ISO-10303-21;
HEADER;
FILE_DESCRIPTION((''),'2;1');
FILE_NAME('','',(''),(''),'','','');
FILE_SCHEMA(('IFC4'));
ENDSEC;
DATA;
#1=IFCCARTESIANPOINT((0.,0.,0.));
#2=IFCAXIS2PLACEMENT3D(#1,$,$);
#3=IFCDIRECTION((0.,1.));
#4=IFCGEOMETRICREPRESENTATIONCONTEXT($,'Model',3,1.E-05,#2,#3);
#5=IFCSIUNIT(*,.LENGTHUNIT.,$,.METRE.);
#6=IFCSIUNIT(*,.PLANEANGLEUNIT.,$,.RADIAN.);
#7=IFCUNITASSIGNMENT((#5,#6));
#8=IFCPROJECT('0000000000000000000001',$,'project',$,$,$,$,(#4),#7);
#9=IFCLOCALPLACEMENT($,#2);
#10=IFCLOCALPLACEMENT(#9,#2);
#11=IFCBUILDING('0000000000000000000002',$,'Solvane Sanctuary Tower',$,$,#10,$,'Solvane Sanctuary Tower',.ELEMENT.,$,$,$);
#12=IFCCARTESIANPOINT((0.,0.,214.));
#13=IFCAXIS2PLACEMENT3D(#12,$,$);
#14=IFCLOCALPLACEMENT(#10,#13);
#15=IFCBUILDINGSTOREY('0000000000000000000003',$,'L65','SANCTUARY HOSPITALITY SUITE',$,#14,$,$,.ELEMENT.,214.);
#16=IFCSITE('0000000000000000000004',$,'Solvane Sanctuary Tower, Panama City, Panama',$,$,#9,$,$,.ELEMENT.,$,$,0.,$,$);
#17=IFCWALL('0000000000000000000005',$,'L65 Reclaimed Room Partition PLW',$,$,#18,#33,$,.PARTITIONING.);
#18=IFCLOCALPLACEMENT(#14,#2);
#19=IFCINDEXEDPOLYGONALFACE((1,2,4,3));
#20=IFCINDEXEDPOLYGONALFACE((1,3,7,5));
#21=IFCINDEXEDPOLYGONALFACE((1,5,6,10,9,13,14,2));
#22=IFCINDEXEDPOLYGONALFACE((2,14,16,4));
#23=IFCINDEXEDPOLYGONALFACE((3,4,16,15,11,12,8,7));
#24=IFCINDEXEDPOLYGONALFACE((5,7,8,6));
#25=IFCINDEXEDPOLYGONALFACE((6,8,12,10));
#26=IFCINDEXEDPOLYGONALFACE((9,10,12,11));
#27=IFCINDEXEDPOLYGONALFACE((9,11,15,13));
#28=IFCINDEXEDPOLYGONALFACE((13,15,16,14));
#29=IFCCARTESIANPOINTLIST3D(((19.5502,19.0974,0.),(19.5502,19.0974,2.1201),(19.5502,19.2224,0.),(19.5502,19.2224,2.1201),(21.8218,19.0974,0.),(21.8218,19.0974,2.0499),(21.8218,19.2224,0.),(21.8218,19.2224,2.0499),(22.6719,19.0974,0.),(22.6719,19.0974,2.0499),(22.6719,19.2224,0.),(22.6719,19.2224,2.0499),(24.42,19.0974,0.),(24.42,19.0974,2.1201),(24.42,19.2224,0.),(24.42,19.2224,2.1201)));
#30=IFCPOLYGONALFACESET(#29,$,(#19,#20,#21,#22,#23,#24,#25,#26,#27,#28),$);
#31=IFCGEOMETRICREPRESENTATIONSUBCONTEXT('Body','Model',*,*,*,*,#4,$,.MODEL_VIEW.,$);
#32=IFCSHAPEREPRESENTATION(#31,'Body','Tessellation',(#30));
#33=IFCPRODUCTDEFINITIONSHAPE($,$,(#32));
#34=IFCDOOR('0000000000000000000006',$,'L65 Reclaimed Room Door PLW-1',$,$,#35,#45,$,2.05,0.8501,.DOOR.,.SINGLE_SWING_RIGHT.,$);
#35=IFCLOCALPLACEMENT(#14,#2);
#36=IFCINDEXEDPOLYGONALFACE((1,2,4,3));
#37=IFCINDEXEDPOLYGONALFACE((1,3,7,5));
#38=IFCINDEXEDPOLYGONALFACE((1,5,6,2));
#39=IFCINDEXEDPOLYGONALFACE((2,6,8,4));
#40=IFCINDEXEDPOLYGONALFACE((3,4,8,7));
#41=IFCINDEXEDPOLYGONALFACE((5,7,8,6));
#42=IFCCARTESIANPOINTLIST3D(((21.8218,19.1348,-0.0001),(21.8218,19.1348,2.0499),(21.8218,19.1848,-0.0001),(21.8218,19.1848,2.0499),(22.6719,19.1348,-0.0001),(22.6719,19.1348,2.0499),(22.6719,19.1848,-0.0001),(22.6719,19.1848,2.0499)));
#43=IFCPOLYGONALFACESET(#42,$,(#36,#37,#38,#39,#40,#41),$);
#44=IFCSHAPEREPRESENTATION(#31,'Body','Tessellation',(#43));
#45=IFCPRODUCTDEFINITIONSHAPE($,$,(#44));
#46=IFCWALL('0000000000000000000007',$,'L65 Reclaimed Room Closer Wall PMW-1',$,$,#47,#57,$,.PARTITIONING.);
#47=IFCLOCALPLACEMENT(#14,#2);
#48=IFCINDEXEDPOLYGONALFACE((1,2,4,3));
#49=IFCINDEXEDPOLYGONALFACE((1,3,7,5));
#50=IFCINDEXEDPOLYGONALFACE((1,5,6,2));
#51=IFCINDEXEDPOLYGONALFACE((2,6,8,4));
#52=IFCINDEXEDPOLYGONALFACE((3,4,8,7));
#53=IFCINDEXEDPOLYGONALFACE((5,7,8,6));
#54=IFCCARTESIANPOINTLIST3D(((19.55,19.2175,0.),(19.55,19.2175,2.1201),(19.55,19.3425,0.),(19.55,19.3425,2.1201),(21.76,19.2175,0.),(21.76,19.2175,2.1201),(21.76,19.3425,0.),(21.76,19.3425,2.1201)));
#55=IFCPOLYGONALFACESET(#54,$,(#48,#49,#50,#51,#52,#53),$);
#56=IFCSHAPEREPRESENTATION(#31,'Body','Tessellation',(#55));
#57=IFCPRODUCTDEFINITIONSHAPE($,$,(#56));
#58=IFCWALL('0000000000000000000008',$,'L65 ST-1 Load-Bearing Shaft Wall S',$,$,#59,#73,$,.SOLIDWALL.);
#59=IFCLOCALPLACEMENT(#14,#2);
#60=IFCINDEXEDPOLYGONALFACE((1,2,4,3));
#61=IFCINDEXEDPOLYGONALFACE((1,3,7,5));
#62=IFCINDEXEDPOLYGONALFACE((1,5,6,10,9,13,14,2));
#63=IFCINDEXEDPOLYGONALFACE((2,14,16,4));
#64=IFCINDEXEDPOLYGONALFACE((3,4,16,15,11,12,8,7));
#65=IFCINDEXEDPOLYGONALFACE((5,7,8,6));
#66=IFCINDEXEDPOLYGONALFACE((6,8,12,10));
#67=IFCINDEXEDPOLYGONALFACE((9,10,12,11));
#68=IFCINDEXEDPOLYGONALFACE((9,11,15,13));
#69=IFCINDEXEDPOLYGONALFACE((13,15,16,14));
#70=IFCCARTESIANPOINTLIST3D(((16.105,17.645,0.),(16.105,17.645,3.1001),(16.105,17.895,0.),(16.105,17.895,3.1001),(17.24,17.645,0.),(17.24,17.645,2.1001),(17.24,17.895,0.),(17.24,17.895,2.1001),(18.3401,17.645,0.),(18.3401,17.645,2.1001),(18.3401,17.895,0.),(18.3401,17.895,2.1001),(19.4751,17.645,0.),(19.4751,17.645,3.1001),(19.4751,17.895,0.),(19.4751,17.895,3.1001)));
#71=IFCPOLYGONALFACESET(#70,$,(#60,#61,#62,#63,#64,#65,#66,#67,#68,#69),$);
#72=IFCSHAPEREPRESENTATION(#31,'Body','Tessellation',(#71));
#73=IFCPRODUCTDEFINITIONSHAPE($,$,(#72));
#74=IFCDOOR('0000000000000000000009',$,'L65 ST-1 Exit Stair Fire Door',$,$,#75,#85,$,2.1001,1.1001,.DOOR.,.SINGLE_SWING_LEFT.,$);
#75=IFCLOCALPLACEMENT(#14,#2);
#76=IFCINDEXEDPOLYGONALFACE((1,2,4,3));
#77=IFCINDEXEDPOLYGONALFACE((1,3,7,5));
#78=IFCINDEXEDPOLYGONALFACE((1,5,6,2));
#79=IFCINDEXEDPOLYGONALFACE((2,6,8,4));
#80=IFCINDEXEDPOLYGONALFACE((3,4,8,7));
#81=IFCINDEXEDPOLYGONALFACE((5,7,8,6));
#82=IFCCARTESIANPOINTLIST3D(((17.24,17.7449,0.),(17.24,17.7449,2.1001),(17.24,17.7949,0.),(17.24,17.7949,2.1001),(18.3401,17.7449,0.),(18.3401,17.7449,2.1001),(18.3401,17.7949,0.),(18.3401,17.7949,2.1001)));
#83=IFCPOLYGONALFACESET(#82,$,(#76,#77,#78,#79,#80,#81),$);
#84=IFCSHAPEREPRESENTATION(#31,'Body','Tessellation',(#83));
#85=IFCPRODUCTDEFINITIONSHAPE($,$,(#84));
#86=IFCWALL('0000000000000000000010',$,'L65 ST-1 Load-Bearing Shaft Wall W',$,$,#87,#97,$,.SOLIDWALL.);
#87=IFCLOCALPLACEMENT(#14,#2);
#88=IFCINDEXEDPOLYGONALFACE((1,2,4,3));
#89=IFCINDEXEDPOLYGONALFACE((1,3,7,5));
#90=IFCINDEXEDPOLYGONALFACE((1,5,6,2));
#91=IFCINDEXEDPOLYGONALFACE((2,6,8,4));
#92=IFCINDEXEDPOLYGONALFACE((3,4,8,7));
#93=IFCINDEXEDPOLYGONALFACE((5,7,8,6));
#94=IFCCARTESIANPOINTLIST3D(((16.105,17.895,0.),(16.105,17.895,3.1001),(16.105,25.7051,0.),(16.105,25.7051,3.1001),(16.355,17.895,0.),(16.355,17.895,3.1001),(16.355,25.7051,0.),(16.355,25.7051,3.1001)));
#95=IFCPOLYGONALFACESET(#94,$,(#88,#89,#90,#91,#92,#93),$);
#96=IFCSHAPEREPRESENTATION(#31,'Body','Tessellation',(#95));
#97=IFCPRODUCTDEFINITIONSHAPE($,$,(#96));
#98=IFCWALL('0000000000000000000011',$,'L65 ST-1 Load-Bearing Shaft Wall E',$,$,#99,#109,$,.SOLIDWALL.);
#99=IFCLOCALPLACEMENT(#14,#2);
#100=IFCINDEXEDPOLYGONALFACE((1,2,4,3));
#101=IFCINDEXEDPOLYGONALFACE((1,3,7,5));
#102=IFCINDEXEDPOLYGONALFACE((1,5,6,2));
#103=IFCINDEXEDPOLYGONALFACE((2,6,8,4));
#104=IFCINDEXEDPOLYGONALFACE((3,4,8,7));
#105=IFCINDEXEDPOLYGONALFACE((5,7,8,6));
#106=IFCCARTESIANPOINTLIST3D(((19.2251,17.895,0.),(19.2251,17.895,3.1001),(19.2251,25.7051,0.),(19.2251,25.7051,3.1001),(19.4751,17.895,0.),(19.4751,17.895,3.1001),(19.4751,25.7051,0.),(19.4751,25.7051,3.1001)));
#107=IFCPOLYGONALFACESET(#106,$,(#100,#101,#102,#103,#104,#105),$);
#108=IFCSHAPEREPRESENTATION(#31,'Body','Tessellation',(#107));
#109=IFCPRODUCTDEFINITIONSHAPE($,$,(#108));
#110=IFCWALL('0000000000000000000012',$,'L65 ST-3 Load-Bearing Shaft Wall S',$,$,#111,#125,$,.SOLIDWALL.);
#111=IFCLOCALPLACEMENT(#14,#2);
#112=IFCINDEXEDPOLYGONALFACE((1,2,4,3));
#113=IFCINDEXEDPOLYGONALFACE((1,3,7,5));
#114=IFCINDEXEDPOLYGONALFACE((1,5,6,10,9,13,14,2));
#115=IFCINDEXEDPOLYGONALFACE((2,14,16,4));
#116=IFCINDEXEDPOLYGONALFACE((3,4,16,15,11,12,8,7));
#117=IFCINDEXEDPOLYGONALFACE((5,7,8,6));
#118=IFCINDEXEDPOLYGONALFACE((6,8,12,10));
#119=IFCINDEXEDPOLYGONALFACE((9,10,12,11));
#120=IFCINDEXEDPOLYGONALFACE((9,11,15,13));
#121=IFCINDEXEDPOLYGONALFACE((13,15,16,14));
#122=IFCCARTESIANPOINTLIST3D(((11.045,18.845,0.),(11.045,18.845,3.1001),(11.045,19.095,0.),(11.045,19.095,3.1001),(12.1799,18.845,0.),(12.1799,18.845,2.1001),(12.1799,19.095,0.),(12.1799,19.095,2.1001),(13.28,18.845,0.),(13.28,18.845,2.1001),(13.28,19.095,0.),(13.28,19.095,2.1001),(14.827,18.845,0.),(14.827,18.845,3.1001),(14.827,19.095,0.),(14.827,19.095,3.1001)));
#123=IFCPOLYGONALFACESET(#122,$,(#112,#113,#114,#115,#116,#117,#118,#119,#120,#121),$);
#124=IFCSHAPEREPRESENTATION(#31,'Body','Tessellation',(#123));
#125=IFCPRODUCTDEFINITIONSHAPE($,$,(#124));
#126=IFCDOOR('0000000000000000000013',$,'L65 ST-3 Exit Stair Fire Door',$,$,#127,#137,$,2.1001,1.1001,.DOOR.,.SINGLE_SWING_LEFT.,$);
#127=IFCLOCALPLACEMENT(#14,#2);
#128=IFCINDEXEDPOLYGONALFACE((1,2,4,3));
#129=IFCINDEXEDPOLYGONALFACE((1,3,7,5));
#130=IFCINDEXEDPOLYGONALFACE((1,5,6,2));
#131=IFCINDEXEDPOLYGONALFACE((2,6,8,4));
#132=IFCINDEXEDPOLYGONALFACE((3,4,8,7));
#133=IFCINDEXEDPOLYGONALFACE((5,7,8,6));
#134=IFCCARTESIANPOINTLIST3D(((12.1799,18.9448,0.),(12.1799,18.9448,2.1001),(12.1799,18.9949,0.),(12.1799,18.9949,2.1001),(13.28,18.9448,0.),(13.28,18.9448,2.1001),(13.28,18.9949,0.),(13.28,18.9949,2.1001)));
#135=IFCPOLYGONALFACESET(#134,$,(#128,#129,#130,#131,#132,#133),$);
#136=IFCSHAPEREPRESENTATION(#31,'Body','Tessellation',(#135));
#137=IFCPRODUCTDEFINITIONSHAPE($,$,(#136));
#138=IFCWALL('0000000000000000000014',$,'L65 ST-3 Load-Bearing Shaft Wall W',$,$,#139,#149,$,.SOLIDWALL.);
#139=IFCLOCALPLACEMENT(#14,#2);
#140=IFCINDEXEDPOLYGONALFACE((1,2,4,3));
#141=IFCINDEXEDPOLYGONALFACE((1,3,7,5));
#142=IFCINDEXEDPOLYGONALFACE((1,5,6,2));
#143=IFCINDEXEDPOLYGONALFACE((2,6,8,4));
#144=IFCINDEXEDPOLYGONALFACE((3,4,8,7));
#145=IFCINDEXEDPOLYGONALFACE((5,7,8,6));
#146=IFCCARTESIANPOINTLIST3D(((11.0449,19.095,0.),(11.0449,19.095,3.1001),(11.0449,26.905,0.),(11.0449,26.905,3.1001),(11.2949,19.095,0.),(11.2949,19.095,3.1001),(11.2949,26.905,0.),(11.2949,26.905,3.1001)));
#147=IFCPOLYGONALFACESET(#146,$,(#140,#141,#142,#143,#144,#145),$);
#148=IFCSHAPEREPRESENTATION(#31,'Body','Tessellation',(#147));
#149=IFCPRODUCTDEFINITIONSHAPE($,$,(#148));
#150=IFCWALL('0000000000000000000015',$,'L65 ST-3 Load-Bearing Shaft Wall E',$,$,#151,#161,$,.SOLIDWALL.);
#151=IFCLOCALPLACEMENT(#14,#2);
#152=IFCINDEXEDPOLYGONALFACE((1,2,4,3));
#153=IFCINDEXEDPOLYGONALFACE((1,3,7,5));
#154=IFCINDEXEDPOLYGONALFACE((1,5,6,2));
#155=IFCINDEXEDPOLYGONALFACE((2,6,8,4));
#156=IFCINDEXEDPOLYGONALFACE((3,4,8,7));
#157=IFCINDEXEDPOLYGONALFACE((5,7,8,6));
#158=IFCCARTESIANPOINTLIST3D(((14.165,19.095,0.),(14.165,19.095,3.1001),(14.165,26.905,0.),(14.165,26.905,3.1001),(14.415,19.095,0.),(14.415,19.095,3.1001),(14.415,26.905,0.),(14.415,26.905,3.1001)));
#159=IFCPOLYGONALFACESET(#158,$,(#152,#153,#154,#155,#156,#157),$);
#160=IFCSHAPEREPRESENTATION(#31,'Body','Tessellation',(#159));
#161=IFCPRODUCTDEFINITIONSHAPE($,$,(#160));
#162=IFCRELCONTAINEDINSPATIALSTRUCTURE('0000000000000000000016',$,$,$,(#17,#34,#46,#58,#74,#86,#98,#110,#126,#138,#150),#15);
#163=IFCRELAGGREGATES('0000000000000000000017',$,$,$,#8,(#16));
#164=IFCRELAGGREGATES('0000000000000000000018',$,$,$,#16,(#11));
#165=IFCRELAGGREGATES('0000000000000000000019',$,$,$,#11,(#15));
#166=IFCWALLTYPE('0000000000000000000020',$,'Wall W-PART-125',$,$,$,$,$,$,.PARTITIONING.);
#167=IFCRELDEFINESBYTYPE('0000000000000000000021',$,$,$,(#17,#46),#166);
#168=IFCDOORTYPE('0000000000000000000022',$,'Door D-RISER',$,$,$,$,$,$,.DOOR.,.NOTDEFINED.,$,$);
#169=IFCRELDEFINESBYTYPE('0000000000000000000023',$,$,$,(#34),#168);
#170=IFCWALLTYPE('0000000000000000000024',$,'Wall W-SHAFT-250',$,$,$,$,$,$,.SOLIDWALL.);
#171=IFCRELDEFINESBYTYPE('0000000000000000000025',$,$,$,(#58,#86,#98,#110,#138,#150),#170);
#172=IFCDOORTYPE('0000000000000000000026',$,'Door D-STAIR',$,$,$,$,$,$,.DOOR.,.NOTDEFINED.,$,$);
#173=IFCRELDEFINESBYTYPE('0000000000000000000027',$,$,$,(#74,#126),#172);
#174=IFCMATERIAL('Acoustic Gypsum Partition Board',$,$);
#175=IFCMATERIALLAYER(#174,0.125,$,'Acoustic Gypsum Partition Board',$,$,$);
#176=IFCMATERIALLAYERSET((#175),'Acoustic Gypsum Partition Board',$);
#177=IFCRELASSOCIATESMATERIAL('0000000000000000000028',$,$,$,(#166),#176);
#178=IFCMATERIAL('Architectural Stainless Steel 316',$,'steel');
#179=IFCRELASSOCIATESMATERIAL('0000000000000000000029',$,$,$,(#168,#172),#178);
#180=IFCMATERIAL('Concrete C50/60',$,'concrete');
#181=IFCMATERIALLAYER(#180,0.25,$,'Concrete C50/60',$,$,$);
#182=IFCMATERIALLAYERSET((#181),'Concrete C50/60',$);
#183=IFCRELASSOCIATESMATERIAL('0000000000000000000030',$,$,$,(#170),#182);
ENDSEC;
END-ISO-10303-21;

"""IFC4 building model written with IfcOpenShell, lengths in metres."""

from ifc_helpers import new_model, si_unit, direction, frame, frame_2d, origin, place, context, subcontext, project, spatial, rectangle, extrude, material, layer, layer_set, type_object, element, fill, save


model = new_model("IFC4")

# Units and contexts
model_context = context("Model", 3, precision=1e-05, world=origin(), true_north=direction((0.0, 1.0)))
body_context = subcontext(model_context, "Body", "Model", "MODEL_VIEW")
ifc_project = project(units=[si_unit("LENGTHUNIT", "METRE"), si_unit("PLANEANGLEUNIT", "RADIAN")], contexts=[model_context])

# Site, building, storey
site_placement = place(None, origin())
site = spatial("IfcSite", under=ifc_project, at=site_placement, Name="Solvane Sanctuary Tower, Panama City, Panama", CompositionType="ELEMENT", RefElevation=0.0)
building_placement = place(site_placement, origin())
building = spatial("IfcBuilding", under=site, at=building_placement, Name="Solvane Sanctuary Tower", LongName="Solvane Sanctuary Tower", CompositionType="ELEMENT")
storey_placement = place(building_placement, frame((0.0, 0.0, 214.0)))
storey = spatial("IfcBuildingStorey", under=building, at=storey_placement, Name="L65", Description="SANCTUARY HOSPITALITY SUITE", CompositionType="ELEMENT", Elevation=214.0)

# Shared definitions
ifc_material_1 = material(Name="Concrete C50/60", Category="concrete")
ifc_material_2 = material(Name="Acoustic Gypsum Partition Board")

# Wall, opening, door
ifc_layer_1 = layer(ifc_material_2, 0.125, Name="Acoustic Gypsum Partition Board")
ifc_layer_set_1 = layer_set([ifc_layer_1], Name="Acoustic Gypsum Partition Board")
wall_type_1 = type_object("IfcWallType", Name="Wall W-PART-125", PredefinedType="PARTITIONING", material=ifc_layer_set_1)
wall_1_placement = place(storey_placement, frame((19.55, 19.1599, 0.0), z_axis=(0.0, 0.0, 1.0), x_axis=(1.0, 0.0, 0.0)))
wall_1 = element("IfcWall", 1, at=wall_1_placement, inside=storey, type_object=wall_type_1, Name="L65 Reclaimed Room Partition PLW", PredefinedType="PARTITIONING", context=body_context, shape_type="SweptSolid", body=[
    extrude(rectangle(XDim=4.8699, YDim=0.125, at=frame_2d((2.4351, 0.0))), origin(), (0.0, 0.0, 1.0), 2.1201),
])
opening_1_placement = place(wall_1_placement, frame((2.2717, 0.0, 0.0)))
opening_1 = element("IfcOpeningElement", 2, at=opening_1_placement, cuts=wall_1, PredefinedType="OPENING", context=body_context, shape_type="SweptSolid", body=[
    extrude(rectangle(XDim=0.8501, YDim=2.05, at=frame_2d((0.425, 1.0249))), frame((0.0, 0.0725, 0.0), z_axis=(0.0, -1.0, 0.0), x_axis=(1.0, 0.0, 0.0)), (0.0, 0.0, 1.0), 0.145),
])
ifc_material_3 = material(Name="Architectural Stainless Steel 316", Category="steel")
door_type_1 = type_object("IfcDoorType", Name="Door D-RISER", OperationType="NOTDEFINED", PredefinedType="DOOR", material=ifc_material_3)
door_1_placement = place(opening_1_placement, origin())
door_1 = element("IfcDoor", 3, at=door_1_placement, inside=storey, type_object=door_type_1, Name="L65 Reclaimed Room Door PLW-1", OperationType="SINGLE_SWING_RIGHT", OverallHeight=2.05, OverallWidth=0.8501, PredefinedType="DOOR", context=body_context, shape_type="SweptSolid", body=[
    extrude(rectangle(XDim=0.8501, YDim=2.05, at=frame_2d((0.425, 1.0249))), frame((0.0, 0.0249, 0.0), z_axis=(0.0, -1.0, 0.0), x_axis=(1.0, 0.0, 0.0)), (0.0, 0.0, 1.0), 0.05),
])
fill(opening_1, door_1)

# Wall
wall_2_placement = place(storey_placement, frame((19.55, 19.28, 0.0), z_axis=(0.0, 0.0, 1.0), x_axis=(1.0, 0.0, 0.0)))
element("IfcWall", 4, at=wall_2_placement, inside=storey, type_object=wall_type_1, Name="L65 Reclaimed Room Closer Wall PMW-1", PredefinedType="PARTITIONING", context=body_context, shape_type="SweptSolid", body=[
    extrude(rectangle(XDim=2.21, YDim=0.125, at=frame_2d((1.105, 0.0))), origin(), (0.0, 0.0, 1.0), 2.1201),
])

# Wall, opening, door
ifc_layer_2 = layer(ifc_material_1, 0.25, Name="Concrete C50/60")
ifc_layer_set_2 = layer_set([ifc_layer_2], Name="Concrete C50/60")
wall_type_2 = type_object("IfcWallType", Name="Wall W-SHAFT-250", PredefinedType="SOLIDWALL", material=ifc_layer_set_2)
wall_3_placement = place(storey_placement, frame((16.105, 17.77, 0.0), z_axis=(0.0, 0.0, 1.0), x_axis=(1.0, 0.0, 0.0)))
wall_3 = element("IfcWall", 5, at=wall_3_placement, inside=storey, type_object=wall_type_2, Name="L65 ST-1 Load-Bearing Shaft Wall S", PredefinedType="SOLIDWALL", context=body_context, shape_type="SweptSolid", body=[
    extrude(rectangle(XDim=3.3701, YDim=0.25, at=frame_2d((1.6851, 0.0))), origin(), (0.0, 0.0, 1.0), 3.1001),
])
opening_2_placement = place(wall_3_placement, frame((1.135, 0.0, 0.0)))
opening_2 = element("IfcOpeningElement", 6, at=opening_2_placement, cuts=wall_3, PredefinedType="OPENING", context=body_context, shape_type="SweptSolid", body=[
    extrude(rectangle(XDim=1.1001, YDim=2.1001, at=frame_2d((0.55, 1.05))), frame((0.0, 0.135, 0.0), z_axis=(0.0, -1.0, 0.0), x_axis=(1.0, 0.0, 0.0)), (0.0, 0.0, 1.0), 0.27),
])
door_type_2 = type_object("IfcDoorType", Name="Door D-STAIR", OperationType="NOTDEFINED", PredefinedType="DOOR", material=ifc_material_3)
door_2_placement = place(opening_2_placement, origin())
door_2 = element("IfcDoor", 7, at=door_2_placement, inside=storey, type_object=door_type_2, Name="L65 ST-1 Exit Stair Fire Door", OperationType="SINGLE_SWING_LEFT", OverallHeight=2.1001, OverallWidth=1.1001, PredefinedType="DOOR", context=body_context, shape_type="SweptSolid", body=[
    extrude(rectangle(XDim=1.1001, YDim=2.1001, at=frame_2d((0.55, 1.05))), frame((0.0, 0.0249, 0.0), z_axis=(0.0, -1.0, 0.0), x_axis=(1.0, 0.0, 0.0)), (0.0, 0.0, 1.0), 0.05),
])
fill(opening_2, door_2)

# Walls
for number, where, z_axis, x_axis, name in (
    (8, (16.23, 17.895, 0.0), (0.0, 0.0, 1.0), (0.0, 1.0, 0.0), "L65 ST-1 Load-Bearing Shaft Wall W"),
    (9, (19.3501, 17.895, 0.0), (0.0, 0.0, 1.0), (0.0, 1.0, 0.0), "L65 ST-1 Load-Bearing Shaft Wall E"),
):
    element("IfcWall", number, at=place(storey_placement, frame(where, z_axis=z_axis, x_axis=x_axis)), inside=storey, type_object=wall_type_2, Name=name, PredefinedType="SOLIDWALL", context=body_context, shape_type="SweptSolid", body=[
        extrude(rectangle(XDim=7.8101, YDim=0.25, at=frame_2d((3.905, 0.0))), origin(), (0.0, 0.0, 1.0), 3.1001),
    ])

# Wall, opening, door
wall_4_placement = place(storey_placement, frame((11.0449, 18.97, 0.0), z_axis=(0.0, 0.0, 1.0), x_axis=(1.0, 0.0, 0.0)))
wall_4 = element("IfcWall", 10, at=wall_4_placement, inside=storey, type_object=wall_type_2, Name="L65 ST-3 Load-Bearing Shaft Wall S", PredefinedType="SOLIDWALL", context=body_context, shape_type="SweptSolid", body=[
    extrude(rectangle(XDim=3.782, YDim=0.25, at=frame_2d((1.8911, 0.0))), origin(), (0.0, 0.0, 1.0), 3.1001),
])
opening_3_placement = place(wall_4_placement, frame((1.135, 0.0, 0.0)))
opening_3 = element("IfcOpeningElement", 11, at=opening_3_placement, cuts=wall_4, PredefinedType="OPENING", context=body_context, shape_type="SweptSolid", body=[
    extrude(rectangle(XDim=1.1001, YDim=2.1001, at=frame_2d((0.55, 1.05))), frame((0.0, 0.135, 0.0), z_axis=(0.0, -1.0, 0.0), x_axis=(1.0, 0.0, 0.0)), (0.0, 0.0, 1.0), 0.27),
])
door_3_placement = place(opening_3_placement, origin())
door_3 = element("IfcDoor", 12, at=door_3_placement, inside=storey, type_object=door_type_2, Name="L65 ST-3 Exit Stair Fire Door", OperationType="SINGLE_SWING_LEFT", OverallHeight=2.1001, OverallWidth=1.1001, PredefinedType="DOOR", context=body_context, shape_type="SweptSolid", body=[
    extrude(rectangle(XDim=1.1001, YDim=2.1001, at=frame_2d((0.55, 1.05))), frame((0.0, 0.0249, 0.0), z_axis=(0.0, -1.0, 0.0), x_axis=(1.0, 0.0, 0.0)), (0.0, 0.0, 1.0), 0.05),
])
fill(opening_3, door_3)

# Walls
for number, where, z_axis, x_axis, name in (
    (13, (11.1699, 19.095, 0.0), (0.0, 0.0, 1.0), (0.0, 1.0, 0.0), "L65 ST-3 Load-Bearing Shaft Wall W"),
    (14, (14.29, 19.095, 0.0), (0.0, 0.0, 1.0), (0.0, 1.0, 0.0), "L65 ST-3 Load-Bearing Shaft Wall E"),
):
    element("IfcWall", number, at=place(storey_placement, frame(where, z_axis=z_axis, x_axis=x_axis)), inside=storey, type_object=wall_type_2, Name=name, PredefinedType="SOLIDWALL", context=body_context, shape_type="SweptSolid", body=[
        extrude(rectangle(XDim=7.8101, YDim=0.25, at=frame_2d((3.905, 0.0))), origin(), (0.0, 0.0, 1.0), 3.1001),
    ])

save(model, "model.ifc")
